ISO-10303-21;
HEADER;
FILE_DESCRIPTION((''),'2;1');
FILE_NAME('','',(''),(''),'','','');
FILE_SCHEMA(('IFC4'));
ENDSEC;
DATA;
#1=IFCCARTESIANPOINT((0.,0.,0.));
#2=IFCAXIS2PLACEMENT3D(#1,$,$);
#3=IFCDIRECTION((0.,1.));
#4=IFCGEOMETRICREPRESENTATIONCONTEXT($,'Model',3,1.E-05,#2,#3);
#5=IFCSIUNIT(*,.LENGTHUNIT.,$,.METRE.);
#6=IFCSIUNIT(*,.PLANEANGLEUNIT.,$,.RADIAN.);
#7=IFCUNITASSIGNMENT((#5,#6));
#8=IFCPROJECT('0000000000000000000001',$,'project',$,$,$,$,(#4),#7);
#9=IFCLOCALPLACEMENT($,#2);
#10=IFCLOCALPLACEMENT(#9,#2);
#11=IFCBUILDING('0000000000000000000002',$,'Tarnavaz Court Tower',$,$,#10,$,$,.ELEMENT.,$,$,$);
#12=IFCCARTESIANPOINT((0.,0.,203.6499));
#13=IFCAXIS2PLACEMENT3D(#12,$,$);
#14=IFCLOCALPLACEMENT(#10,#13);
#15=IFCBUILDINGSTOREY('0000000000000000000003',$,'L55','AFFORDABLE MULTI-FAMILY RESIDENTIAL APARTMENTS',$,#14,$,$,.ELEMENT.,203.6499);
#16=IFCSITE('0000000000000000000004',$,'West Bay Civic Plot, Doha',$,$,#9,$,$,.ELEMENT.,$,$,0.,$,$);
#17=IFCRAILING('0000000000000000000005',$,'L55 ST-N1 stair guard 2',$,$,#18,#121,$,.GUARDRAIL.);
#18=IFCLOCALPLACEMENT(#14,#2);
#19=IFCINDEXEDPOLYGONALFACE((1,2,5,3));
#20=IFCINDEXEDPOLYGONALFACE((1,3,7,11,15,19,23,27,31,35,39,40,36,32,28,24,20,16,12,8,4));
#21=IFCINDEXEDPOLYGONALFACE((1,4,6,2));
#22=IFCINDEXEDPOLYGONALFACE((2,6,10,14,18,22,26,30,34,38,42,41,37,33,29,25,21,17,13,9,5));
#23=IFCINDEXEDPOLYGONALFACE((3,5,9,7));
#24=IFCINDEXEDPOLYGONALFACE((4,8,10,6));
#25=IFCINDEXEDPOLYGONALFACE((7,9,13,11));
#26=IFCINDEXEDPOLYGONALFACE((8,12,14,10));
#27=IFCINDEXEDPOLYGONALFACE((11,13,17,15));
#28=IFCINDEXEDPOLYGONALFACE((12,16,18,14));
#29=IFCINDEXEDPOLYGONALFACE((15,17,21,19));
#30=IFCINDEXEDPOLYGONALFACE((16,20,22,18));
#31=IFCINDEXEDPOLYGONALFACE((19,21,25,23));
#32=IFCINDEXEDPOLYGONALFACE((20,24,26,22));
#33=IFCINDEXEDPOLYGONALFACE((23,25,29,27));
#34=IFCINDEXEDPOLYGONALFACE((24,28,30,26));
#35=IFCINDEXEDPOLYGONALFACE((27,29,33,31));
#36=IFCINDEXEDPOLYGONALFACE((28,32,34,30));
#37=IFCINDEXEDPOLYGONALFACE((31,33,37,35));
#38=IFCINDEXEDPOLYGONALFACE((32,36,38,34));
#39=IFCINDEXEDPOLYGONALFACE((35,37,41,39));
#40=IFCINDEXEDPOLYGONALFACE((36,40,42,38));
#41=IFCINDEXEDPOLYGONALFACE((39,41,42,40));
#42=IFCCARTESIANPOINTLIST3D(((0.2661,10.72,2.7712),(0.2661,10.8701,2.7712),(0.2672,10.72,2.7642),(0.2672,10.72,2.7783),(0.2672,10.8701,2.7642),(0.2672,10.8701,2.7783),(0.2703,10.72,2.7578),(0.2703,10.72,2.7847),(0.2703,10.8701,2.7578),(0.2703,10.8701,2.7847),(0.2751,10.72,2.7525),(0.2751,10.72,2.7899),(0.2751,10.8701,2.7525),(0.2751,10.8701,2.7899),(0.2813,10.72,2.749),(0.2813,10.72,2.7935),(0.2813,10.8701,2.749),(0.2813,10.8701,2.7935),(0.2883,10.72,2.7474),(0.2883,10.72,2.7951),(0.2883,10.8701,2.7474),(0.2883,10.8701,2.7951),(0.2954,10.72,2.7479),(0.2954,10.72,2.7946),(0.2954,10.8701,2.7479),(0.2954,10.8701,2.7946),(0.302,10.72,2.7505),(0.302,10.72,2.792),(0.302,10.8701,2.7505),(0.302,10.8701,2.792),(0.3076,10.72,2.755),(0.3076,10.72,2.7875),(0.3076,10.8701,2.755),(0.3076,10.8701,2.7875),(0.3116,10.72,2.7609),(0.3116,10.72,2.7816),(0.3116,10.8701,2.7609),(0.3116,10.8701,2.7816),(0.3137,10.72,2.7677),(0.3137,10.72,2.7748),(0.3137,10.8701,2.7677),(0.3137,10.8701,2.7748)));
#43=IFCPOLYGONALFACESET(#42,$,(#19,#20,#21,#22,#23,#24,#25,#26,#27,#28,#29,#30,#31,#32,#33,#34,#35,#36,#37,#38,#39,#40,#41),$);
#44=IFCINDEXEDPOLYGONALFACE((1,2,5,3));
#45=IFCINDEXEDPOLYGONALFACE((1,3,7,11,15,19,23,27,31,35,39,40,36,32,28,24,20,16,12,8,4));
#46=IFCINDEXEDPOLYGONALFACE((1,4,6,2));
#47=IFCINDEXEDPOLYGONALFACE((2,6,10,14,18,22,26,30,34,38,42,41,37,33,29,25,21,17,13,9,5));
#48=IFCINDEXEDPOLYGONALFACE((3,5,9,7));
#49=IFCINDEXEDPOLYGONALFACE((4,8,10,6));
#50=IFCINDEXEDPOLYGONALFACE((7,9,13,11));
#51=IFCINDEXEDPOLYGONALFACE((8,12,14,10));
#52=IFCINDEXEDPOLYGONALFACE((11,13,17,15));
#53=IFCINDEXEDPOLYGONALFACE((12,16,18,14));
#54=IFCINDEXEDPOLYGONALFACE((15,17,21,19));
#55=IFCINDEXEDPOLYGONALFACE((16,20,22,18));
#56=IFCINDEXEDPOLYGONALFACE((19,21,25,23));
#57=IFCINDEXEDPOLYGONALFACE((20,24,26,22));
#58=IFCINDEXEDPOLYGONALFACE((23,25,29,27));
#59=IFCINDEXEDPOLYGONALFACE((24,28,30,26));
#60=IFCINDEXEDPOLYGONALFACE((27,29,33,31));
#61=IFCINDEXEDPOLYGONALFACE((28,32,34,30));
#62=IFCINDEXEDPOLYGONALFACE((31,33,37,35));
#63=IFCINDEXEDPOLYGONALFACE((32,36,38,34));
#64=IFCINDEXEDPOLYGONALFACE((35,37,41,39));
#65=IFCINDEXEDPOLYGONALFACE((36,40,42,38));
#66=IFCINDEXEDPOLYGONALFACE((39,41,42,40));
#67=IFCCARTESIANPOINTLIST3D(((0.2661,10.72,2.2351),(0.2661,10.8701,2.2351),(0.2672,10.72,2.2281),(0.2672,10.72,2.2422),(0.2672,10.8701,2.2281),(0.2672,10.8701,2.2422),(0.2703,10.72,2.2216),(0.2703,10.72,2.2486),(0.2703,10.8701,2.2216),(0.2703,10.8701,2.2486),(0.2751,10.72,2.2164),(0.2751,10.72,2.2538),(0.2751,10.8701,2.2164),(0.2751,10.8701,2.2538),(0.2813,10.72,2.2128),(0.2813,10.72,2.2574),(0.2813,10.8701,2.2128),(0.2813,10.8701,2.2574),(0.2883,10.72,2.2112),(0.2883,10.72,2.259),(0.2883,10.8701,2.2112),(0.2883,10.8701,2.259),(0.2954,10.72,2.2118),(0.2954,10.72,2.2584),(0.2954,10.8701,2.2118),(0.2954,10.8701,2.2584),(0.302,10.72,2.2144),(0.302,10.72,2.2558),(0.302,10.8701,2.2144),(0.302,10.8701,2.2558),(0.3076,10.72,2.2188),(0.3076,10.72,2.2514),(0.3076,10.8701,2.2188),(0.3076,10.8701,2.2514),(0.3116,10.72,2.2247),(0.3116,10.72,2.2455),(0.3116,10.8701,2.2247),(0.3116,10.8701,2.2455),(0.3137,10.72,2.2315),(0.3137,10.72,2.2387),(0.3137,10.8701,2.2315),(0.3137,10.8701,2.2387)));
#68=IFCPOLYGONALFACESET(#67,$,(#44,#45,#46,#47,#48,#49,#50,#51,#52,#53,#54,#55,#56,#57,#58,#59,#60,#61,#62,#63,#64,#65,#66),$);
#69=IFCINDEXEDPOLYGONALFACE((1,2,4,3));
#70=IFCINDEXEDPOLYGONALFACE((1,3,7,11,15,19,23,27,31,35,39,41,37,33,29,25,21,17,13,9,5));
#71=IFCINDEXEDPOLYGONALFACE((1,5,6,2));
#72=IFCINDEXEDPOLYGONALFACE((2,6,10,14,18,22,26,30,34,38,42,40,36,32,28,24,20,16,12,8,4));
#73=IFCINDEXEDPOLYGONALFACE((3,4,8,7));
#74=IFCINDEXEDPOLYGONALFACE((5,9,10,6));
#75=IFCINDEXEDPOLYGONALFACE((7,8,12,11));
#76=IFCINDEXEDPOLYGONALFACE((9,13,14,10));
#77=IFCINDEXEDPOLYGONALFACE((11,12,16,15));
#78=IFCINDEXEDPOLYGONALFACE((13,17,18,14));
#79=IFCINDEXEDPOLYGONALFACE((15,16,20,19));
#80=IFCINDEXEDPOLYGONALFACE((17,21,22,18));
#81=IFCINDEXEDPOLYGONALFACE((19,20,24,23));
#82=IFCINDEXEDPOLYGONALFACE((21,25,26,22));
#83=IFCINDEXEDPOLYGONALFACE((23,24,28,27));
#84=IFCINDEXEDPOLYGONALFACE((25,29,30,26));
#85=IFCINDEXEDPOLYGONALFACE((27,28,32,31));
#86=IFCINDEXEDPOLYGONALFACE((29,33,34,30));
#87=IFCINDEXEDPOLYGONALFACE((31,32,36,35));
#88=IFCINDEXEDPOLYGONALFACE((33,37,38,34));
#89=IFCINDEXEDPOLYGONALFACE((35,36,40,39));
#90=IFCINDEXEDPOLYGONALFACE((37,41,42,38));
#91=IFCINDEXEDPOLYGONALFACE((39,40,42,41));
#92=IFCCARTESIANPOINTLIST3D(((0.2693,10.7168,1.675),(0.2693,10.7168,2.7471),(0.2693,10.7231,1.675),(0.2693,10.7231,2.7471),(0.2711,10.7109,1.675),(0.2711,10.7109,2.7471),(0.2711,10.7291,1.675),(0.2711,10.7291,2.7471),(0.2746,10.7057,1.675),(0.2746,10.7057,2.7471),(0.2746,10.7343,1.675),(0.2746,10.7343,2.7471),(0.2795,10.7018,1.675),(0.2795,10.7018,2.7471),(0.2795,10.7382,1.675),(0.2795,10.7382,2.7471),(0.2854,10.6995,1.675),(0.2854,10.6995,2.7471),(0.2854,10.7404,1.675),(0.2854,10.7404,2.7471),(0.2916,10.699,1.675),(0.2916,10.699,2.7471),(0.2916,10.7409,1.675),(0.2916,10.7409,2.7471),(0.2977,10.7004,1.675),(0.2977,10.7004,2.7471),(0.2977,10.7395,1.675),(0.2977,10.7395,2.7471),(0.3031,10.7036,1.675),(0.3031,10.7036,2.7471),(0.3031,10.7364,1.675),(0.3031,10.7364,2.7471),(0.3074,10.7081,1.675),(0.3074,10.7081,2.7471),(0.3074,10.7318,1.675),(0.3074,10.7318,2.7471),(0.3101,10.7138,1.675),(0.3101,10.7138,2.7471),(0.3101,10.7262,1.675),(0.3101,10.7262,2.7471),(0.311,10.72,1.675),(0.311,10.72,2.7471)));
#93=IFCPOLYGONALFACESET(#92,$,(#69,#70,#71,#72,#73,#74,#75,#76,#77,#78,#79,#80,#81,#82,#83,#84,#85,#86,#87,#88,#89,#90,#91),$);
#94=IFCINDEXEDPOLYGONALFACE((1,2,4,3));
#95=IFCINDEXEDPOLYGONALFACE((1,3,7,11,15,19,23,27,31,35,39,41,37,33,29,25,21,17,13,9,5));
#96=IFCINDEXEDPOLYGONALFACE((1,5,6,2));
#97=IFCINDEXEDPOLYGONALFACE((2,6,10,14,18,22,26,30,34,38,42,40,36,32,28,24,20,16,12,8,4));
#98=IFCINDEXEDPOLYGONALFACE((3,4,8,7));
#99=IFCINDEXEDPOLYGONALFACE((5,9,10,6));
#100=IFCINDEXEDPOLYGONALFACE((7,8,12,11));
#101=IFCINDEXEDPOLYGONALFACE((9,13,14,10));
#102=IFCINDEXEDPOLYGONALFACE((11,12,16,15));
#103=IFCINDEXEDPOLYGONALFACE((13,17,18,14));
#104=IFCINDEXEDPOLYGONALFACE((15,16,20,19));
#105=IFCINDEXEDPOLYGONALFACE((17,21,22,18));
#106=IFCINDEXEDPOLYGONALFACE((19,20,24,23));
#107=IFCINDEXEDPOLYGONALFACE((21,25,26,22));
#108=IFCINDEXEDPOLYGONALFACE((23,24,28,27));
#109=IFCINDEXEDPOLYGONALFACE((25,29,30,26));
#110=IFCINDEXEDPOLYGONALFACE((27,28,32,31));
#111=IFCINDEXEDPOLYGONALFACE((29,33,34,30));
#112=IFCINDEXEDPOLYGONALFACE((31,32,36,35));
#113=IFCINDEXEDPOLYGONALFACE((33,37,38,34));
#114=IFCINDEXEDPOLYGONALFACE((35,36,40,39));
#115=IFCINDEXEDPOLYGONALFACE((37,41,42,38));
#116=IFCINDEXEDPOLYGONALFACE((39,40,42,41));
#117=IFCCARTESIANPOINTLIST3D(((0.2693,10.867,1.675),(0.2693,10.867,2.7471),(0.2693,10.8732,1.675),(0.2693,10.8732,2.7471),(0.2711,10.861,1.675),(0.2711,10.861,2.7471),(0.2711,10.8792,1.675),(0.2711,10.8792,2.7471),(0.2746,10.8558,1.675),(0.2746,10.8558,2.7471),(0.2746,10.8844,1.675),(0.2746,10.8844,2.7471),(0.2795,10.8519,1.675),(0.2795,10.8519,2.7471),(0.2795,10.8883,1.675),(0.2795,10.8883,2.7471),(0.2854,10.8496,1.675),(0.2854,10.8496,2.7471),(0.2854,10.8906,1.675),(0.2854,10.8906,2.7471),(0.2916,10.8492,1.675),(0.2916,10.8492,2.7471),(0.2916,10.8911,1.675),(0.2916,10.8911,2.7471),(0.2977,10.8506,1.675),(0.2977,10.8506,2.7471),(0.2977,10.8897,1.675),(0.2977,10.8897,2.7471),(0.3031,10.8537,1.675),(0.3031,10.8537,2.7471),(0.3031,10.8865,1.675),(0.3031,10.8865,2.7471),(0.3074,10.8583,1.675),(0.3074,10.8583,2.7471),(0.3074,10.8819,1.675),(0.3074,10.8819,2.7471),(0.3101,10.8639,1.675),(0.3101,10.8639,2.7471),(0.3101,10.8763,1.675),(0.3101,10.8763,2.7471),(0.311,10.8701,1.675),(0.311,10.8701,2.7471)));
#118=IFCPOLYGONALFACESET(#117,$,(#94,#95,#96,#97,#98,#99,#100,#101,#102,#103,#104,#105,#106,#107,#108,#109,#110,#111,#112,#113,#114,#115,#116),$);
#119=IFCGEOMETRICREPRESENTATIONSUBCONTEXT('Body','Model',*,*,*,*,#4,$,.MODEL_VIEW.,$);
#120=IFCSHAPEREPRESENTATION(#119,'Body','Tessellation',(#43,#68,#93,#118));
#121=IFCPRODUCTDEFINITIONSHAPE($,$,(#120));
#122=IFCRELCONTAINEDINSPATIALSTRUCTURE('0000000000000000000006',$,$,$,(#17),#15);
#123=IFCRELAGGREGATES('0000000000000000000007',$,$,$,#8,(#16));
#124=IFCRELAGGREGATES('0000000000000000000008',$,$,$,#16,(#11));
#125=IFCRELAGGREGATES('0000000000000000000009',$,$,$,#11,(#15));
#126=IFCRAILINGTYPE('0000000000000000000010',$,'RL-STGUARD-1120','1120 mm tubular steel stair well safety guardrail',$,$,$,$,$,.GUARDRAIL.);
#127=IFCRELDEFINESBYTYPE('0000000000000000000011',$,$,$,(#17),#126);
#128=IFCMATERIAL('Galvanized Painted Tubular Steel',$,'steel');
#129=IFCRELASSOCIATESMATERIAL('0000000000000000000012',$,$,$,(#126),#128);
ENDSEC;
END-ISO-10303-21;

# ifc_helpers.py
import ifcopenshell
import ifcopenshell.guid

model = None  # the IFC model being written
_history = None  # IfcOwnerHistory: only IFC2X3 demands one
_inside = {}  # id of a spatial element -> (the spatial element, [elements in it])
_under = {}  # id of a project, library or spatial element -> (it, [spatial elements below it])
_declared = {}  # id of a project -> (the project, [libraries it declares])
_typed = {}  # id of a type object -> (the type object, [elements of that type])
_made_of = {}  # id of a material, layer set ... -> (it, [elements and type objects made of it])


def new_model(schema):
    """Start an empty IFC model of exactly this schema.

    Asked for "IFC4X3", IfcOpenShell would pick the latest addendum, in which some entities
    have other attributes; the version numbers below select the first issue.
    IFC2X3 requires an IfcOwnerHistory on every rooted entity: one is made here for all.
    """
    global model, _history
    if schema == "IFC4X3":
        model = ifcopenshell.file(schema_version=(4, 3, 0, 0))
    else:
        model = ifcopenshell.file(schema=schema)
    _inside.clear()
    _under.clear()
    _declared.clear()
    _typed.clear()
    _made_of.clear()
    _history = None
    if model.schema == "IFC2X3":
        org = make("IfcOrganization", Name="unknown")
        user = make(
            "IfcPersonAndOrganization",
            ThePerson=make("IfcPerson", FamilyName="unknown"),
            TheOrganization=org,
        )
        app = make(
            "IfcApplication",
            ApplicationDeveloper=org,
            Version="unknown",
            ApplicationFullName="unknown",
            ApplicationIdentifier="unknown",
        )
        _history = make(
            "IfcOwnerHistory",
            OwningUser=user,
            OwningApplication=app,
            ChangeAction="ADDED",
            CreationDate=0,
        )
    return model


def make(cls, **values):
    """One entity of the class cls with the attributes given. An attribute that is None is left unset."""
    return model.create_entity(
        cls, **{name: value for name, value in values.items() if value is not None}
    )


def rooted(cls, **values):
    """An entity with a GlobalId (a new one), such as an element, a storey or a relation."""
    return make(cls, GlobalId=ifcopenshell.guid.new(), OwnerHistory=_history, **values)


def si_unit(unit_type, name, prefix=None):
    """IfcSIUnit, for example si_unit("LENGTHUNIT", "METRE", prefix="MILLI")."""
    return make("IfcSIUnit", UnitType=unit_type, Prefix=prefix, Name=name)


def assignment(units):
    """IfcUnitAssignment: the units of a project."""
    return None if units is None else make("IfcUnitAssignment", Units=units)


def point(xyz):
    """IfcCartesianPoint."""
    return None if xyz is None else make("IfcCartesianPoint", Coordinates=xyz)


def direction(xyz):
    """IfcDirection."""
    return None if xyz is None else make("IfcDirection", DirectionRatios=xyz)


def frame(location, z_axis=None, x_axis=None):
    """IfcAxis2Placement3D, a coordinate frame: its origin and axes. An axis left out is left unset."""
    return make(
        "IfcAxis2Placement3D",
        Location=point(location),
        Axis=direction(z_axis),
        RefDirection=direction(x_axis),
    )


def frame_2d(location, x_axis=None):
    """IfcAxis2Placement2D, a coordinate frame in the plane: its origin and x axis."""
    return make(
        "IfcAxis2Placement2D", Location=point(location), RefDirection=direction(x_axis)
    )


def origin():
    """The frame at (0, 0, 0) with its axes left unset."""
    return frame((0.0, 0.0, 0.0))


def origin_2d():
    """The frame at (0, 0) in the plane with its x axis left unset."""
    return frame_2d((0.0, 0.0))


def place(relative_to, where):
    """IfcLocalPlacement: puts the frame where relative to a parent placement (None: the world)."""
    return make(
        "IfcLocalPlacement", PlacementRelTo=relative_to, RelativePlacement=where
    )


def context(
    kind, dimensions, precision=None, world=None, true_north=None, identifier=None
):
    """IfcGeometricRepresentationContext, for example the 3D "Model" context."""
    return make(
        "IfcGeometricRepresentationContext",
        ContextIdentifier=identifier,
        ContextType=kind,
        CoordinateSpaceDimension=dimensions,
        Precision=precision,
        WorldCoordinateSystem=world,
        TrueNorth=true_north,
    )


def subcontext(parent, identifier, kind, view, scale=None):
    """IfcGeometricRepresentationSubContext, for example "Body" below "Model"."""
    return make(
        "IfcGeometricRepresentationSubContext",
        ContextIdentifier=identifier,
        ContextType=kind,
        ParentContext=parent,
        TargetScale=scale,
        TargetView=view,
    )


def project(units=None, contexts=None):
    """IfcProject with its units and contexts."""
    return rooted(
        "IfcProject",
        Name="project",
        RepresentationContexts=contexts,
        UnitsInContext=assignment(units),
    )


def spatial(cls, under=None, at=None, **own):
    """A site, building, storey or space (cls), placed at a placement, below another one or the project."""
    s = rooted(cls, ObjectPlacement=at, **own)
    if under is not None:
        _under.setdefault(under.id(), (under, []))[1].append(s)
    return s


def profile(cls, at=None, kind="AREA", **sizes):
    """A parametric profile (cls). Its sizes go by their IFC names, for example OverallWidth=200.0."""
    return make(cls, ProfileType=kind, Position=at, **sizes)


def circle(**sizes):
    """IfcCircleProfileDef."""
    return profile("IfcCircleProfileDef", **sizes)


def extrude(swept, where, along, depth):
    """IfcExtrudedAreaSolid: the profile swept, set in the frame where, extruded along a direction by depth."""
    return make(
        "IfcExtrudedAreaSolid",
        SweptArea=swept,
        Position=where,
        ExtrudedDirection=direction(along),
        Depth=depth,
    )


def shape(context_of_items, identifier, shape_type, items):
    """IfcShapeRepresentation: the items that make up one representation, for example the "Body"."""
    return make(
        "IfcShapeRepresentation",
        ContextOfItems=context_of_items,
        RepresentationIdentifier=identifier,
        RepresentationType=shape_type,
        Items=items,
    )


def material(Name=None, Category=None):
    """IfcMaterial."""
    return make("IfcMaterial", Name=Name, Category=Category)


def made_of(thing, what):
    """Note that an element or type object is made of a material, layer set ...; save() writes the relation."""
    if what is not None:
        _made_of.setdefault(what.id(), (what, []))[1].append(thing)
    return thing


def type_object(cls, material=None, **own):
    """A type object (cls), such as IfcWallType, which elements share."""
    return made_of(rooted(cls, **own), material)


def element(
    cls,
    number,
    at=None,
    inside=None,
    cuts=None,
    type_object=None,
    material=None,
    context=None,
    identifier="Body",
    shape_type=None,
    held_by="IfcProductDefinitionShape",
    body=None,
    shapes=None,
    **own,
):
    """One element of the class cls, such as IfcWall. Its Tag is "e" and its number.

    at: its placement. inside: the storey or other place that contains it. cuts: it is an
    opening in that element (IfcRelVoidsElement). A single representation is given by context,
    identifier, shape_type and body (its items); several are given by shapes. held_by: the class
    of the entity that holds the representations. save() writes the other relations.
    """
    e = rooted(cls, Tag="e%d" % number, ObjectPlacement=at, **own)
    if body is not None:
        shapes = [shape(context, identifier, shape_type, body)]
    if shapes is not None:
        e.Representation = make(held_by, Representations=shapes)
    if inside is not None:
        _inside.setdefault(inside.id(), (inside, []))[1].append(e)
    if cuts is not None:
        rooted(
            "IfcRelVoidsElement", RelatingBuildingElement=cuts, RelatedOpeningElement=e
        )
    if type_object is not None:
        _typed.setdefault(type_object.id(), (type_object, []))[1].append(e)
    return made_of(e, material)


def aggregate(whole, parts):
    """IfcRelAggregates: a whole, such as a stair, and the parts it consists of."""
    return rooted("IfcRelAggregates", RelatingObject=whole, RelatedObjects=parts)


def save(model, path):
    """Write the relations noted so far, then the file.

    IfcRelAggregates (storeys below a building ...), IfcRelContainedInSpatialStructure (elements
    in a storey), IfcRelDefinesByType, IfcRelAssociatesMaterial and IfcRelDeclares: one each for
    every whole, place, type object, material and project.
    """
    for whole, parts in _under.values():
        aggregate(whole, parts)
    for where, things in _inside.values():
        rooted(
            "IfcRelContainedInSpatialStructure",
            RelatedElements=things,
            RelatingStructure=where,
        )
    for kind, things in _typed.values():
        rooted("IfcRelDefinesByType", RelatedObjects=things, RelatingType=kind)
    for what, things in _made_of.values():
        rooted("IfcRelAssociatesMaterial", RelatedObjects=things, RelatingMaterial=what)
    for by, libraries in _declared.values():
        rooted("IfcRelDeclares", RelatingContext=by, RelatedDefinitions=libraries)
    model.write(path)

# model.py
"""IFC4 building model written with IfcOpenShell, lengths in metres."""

from ifc_helpers import new_model, si_unit, direction, frame, origin, origin_2d, place, context, subcontext, project, spatial, circle, extrude, material, type_object, element, save


model = new_model("IFC4")

# Units and contexts
model_context = context("Model", 3, precision=1e-05, world=origin(), true_north=direction((0.0, 1.0)))
body_context = subcontext(model_context, "Body", "Model", "MODEL_VIEW")
ifc_project = project(units=[si_unit("LENGTHUNIT", "METRE"), si_unit("PLANEANGLEUNIT", "RADIAN")], contexts=[model_context])

# Site, building, storey
site_placement = place(None, origin())
site = spatial("IfcSite", under=ifc_project, at=site_placement, Name="West Bay Civic Plot, Doha", CompositionType="ELEMENT", RefElevation=0.0)
building_placement = place(site_placement, origin())
building = spatial("IfcBuilding", under=site, at=building_placement, Name="Tarnavaz Court Tower", CompositionType="ELEMENT")
storey_placement = place(building_placement, frame((0.0, 0.0, 203.6499)))
storey = spatial("IfcBuildingStorey", under=building, at=storey_placement, Name="L55", Description="AFFORDABLE MULTI-FAMILY RESIDENTIAL APARTMENTS", CompositionType="ELEMENT", Elevation=203.6499)

# Railing
ifc_material_1 = material(Name="Galvanized Painted Tubular Steel", Category="steel")
railing_type_1 = type_object("IfcRailingType", Name="RL-STGUARD-1120", Description="1120 mm tubular steel stair well safety guardrail", PredefinedType="GUARDRAIL", material=ifc_material_1)
railing_1_placement = place(storey_placement, frame((0.29, 10.72, 1.675)))
element("IfcRailing", 1, at=railing_1_placement, inside=storey, type_object=railing_type_1, Name="L55 ST-N1 stair guard 2", PredefinedType="GUARDRAIL", context=body_context, shape_type="SweptSolid", body=[
    extrude(circle(Radius=0.0239, at=origin_2d()), frame((0.0, 0.0, 1.0962), z_axis=(0.0, 1.0, 0.0), x_axis=(-1.0, 0.0, 0.0)), (0.0, 0.0, 1.0), 0.1501),
    extrude(circle(Radius=0.0239, at=origin_2d()), frame((0.0, 0.0, 0.5601), z_axis=(0.0, 1.0, 0.0), x_axis=(-1.0, 0.0, 0.0)), (0.0, 0.0, 1.0), 0.1501),
    extrude(circle(Radius=0.021, at=origin_2d()), origin(), (0.0, 0.0, 1.0), 1.072),
    extrude(circle(Radius=0.021, at=origin_2d()), frame((0.0, 0.1501, 0.0)), (0.0, 0.0, 1.0), 1.072),
])

save(model, "model.ifc")
